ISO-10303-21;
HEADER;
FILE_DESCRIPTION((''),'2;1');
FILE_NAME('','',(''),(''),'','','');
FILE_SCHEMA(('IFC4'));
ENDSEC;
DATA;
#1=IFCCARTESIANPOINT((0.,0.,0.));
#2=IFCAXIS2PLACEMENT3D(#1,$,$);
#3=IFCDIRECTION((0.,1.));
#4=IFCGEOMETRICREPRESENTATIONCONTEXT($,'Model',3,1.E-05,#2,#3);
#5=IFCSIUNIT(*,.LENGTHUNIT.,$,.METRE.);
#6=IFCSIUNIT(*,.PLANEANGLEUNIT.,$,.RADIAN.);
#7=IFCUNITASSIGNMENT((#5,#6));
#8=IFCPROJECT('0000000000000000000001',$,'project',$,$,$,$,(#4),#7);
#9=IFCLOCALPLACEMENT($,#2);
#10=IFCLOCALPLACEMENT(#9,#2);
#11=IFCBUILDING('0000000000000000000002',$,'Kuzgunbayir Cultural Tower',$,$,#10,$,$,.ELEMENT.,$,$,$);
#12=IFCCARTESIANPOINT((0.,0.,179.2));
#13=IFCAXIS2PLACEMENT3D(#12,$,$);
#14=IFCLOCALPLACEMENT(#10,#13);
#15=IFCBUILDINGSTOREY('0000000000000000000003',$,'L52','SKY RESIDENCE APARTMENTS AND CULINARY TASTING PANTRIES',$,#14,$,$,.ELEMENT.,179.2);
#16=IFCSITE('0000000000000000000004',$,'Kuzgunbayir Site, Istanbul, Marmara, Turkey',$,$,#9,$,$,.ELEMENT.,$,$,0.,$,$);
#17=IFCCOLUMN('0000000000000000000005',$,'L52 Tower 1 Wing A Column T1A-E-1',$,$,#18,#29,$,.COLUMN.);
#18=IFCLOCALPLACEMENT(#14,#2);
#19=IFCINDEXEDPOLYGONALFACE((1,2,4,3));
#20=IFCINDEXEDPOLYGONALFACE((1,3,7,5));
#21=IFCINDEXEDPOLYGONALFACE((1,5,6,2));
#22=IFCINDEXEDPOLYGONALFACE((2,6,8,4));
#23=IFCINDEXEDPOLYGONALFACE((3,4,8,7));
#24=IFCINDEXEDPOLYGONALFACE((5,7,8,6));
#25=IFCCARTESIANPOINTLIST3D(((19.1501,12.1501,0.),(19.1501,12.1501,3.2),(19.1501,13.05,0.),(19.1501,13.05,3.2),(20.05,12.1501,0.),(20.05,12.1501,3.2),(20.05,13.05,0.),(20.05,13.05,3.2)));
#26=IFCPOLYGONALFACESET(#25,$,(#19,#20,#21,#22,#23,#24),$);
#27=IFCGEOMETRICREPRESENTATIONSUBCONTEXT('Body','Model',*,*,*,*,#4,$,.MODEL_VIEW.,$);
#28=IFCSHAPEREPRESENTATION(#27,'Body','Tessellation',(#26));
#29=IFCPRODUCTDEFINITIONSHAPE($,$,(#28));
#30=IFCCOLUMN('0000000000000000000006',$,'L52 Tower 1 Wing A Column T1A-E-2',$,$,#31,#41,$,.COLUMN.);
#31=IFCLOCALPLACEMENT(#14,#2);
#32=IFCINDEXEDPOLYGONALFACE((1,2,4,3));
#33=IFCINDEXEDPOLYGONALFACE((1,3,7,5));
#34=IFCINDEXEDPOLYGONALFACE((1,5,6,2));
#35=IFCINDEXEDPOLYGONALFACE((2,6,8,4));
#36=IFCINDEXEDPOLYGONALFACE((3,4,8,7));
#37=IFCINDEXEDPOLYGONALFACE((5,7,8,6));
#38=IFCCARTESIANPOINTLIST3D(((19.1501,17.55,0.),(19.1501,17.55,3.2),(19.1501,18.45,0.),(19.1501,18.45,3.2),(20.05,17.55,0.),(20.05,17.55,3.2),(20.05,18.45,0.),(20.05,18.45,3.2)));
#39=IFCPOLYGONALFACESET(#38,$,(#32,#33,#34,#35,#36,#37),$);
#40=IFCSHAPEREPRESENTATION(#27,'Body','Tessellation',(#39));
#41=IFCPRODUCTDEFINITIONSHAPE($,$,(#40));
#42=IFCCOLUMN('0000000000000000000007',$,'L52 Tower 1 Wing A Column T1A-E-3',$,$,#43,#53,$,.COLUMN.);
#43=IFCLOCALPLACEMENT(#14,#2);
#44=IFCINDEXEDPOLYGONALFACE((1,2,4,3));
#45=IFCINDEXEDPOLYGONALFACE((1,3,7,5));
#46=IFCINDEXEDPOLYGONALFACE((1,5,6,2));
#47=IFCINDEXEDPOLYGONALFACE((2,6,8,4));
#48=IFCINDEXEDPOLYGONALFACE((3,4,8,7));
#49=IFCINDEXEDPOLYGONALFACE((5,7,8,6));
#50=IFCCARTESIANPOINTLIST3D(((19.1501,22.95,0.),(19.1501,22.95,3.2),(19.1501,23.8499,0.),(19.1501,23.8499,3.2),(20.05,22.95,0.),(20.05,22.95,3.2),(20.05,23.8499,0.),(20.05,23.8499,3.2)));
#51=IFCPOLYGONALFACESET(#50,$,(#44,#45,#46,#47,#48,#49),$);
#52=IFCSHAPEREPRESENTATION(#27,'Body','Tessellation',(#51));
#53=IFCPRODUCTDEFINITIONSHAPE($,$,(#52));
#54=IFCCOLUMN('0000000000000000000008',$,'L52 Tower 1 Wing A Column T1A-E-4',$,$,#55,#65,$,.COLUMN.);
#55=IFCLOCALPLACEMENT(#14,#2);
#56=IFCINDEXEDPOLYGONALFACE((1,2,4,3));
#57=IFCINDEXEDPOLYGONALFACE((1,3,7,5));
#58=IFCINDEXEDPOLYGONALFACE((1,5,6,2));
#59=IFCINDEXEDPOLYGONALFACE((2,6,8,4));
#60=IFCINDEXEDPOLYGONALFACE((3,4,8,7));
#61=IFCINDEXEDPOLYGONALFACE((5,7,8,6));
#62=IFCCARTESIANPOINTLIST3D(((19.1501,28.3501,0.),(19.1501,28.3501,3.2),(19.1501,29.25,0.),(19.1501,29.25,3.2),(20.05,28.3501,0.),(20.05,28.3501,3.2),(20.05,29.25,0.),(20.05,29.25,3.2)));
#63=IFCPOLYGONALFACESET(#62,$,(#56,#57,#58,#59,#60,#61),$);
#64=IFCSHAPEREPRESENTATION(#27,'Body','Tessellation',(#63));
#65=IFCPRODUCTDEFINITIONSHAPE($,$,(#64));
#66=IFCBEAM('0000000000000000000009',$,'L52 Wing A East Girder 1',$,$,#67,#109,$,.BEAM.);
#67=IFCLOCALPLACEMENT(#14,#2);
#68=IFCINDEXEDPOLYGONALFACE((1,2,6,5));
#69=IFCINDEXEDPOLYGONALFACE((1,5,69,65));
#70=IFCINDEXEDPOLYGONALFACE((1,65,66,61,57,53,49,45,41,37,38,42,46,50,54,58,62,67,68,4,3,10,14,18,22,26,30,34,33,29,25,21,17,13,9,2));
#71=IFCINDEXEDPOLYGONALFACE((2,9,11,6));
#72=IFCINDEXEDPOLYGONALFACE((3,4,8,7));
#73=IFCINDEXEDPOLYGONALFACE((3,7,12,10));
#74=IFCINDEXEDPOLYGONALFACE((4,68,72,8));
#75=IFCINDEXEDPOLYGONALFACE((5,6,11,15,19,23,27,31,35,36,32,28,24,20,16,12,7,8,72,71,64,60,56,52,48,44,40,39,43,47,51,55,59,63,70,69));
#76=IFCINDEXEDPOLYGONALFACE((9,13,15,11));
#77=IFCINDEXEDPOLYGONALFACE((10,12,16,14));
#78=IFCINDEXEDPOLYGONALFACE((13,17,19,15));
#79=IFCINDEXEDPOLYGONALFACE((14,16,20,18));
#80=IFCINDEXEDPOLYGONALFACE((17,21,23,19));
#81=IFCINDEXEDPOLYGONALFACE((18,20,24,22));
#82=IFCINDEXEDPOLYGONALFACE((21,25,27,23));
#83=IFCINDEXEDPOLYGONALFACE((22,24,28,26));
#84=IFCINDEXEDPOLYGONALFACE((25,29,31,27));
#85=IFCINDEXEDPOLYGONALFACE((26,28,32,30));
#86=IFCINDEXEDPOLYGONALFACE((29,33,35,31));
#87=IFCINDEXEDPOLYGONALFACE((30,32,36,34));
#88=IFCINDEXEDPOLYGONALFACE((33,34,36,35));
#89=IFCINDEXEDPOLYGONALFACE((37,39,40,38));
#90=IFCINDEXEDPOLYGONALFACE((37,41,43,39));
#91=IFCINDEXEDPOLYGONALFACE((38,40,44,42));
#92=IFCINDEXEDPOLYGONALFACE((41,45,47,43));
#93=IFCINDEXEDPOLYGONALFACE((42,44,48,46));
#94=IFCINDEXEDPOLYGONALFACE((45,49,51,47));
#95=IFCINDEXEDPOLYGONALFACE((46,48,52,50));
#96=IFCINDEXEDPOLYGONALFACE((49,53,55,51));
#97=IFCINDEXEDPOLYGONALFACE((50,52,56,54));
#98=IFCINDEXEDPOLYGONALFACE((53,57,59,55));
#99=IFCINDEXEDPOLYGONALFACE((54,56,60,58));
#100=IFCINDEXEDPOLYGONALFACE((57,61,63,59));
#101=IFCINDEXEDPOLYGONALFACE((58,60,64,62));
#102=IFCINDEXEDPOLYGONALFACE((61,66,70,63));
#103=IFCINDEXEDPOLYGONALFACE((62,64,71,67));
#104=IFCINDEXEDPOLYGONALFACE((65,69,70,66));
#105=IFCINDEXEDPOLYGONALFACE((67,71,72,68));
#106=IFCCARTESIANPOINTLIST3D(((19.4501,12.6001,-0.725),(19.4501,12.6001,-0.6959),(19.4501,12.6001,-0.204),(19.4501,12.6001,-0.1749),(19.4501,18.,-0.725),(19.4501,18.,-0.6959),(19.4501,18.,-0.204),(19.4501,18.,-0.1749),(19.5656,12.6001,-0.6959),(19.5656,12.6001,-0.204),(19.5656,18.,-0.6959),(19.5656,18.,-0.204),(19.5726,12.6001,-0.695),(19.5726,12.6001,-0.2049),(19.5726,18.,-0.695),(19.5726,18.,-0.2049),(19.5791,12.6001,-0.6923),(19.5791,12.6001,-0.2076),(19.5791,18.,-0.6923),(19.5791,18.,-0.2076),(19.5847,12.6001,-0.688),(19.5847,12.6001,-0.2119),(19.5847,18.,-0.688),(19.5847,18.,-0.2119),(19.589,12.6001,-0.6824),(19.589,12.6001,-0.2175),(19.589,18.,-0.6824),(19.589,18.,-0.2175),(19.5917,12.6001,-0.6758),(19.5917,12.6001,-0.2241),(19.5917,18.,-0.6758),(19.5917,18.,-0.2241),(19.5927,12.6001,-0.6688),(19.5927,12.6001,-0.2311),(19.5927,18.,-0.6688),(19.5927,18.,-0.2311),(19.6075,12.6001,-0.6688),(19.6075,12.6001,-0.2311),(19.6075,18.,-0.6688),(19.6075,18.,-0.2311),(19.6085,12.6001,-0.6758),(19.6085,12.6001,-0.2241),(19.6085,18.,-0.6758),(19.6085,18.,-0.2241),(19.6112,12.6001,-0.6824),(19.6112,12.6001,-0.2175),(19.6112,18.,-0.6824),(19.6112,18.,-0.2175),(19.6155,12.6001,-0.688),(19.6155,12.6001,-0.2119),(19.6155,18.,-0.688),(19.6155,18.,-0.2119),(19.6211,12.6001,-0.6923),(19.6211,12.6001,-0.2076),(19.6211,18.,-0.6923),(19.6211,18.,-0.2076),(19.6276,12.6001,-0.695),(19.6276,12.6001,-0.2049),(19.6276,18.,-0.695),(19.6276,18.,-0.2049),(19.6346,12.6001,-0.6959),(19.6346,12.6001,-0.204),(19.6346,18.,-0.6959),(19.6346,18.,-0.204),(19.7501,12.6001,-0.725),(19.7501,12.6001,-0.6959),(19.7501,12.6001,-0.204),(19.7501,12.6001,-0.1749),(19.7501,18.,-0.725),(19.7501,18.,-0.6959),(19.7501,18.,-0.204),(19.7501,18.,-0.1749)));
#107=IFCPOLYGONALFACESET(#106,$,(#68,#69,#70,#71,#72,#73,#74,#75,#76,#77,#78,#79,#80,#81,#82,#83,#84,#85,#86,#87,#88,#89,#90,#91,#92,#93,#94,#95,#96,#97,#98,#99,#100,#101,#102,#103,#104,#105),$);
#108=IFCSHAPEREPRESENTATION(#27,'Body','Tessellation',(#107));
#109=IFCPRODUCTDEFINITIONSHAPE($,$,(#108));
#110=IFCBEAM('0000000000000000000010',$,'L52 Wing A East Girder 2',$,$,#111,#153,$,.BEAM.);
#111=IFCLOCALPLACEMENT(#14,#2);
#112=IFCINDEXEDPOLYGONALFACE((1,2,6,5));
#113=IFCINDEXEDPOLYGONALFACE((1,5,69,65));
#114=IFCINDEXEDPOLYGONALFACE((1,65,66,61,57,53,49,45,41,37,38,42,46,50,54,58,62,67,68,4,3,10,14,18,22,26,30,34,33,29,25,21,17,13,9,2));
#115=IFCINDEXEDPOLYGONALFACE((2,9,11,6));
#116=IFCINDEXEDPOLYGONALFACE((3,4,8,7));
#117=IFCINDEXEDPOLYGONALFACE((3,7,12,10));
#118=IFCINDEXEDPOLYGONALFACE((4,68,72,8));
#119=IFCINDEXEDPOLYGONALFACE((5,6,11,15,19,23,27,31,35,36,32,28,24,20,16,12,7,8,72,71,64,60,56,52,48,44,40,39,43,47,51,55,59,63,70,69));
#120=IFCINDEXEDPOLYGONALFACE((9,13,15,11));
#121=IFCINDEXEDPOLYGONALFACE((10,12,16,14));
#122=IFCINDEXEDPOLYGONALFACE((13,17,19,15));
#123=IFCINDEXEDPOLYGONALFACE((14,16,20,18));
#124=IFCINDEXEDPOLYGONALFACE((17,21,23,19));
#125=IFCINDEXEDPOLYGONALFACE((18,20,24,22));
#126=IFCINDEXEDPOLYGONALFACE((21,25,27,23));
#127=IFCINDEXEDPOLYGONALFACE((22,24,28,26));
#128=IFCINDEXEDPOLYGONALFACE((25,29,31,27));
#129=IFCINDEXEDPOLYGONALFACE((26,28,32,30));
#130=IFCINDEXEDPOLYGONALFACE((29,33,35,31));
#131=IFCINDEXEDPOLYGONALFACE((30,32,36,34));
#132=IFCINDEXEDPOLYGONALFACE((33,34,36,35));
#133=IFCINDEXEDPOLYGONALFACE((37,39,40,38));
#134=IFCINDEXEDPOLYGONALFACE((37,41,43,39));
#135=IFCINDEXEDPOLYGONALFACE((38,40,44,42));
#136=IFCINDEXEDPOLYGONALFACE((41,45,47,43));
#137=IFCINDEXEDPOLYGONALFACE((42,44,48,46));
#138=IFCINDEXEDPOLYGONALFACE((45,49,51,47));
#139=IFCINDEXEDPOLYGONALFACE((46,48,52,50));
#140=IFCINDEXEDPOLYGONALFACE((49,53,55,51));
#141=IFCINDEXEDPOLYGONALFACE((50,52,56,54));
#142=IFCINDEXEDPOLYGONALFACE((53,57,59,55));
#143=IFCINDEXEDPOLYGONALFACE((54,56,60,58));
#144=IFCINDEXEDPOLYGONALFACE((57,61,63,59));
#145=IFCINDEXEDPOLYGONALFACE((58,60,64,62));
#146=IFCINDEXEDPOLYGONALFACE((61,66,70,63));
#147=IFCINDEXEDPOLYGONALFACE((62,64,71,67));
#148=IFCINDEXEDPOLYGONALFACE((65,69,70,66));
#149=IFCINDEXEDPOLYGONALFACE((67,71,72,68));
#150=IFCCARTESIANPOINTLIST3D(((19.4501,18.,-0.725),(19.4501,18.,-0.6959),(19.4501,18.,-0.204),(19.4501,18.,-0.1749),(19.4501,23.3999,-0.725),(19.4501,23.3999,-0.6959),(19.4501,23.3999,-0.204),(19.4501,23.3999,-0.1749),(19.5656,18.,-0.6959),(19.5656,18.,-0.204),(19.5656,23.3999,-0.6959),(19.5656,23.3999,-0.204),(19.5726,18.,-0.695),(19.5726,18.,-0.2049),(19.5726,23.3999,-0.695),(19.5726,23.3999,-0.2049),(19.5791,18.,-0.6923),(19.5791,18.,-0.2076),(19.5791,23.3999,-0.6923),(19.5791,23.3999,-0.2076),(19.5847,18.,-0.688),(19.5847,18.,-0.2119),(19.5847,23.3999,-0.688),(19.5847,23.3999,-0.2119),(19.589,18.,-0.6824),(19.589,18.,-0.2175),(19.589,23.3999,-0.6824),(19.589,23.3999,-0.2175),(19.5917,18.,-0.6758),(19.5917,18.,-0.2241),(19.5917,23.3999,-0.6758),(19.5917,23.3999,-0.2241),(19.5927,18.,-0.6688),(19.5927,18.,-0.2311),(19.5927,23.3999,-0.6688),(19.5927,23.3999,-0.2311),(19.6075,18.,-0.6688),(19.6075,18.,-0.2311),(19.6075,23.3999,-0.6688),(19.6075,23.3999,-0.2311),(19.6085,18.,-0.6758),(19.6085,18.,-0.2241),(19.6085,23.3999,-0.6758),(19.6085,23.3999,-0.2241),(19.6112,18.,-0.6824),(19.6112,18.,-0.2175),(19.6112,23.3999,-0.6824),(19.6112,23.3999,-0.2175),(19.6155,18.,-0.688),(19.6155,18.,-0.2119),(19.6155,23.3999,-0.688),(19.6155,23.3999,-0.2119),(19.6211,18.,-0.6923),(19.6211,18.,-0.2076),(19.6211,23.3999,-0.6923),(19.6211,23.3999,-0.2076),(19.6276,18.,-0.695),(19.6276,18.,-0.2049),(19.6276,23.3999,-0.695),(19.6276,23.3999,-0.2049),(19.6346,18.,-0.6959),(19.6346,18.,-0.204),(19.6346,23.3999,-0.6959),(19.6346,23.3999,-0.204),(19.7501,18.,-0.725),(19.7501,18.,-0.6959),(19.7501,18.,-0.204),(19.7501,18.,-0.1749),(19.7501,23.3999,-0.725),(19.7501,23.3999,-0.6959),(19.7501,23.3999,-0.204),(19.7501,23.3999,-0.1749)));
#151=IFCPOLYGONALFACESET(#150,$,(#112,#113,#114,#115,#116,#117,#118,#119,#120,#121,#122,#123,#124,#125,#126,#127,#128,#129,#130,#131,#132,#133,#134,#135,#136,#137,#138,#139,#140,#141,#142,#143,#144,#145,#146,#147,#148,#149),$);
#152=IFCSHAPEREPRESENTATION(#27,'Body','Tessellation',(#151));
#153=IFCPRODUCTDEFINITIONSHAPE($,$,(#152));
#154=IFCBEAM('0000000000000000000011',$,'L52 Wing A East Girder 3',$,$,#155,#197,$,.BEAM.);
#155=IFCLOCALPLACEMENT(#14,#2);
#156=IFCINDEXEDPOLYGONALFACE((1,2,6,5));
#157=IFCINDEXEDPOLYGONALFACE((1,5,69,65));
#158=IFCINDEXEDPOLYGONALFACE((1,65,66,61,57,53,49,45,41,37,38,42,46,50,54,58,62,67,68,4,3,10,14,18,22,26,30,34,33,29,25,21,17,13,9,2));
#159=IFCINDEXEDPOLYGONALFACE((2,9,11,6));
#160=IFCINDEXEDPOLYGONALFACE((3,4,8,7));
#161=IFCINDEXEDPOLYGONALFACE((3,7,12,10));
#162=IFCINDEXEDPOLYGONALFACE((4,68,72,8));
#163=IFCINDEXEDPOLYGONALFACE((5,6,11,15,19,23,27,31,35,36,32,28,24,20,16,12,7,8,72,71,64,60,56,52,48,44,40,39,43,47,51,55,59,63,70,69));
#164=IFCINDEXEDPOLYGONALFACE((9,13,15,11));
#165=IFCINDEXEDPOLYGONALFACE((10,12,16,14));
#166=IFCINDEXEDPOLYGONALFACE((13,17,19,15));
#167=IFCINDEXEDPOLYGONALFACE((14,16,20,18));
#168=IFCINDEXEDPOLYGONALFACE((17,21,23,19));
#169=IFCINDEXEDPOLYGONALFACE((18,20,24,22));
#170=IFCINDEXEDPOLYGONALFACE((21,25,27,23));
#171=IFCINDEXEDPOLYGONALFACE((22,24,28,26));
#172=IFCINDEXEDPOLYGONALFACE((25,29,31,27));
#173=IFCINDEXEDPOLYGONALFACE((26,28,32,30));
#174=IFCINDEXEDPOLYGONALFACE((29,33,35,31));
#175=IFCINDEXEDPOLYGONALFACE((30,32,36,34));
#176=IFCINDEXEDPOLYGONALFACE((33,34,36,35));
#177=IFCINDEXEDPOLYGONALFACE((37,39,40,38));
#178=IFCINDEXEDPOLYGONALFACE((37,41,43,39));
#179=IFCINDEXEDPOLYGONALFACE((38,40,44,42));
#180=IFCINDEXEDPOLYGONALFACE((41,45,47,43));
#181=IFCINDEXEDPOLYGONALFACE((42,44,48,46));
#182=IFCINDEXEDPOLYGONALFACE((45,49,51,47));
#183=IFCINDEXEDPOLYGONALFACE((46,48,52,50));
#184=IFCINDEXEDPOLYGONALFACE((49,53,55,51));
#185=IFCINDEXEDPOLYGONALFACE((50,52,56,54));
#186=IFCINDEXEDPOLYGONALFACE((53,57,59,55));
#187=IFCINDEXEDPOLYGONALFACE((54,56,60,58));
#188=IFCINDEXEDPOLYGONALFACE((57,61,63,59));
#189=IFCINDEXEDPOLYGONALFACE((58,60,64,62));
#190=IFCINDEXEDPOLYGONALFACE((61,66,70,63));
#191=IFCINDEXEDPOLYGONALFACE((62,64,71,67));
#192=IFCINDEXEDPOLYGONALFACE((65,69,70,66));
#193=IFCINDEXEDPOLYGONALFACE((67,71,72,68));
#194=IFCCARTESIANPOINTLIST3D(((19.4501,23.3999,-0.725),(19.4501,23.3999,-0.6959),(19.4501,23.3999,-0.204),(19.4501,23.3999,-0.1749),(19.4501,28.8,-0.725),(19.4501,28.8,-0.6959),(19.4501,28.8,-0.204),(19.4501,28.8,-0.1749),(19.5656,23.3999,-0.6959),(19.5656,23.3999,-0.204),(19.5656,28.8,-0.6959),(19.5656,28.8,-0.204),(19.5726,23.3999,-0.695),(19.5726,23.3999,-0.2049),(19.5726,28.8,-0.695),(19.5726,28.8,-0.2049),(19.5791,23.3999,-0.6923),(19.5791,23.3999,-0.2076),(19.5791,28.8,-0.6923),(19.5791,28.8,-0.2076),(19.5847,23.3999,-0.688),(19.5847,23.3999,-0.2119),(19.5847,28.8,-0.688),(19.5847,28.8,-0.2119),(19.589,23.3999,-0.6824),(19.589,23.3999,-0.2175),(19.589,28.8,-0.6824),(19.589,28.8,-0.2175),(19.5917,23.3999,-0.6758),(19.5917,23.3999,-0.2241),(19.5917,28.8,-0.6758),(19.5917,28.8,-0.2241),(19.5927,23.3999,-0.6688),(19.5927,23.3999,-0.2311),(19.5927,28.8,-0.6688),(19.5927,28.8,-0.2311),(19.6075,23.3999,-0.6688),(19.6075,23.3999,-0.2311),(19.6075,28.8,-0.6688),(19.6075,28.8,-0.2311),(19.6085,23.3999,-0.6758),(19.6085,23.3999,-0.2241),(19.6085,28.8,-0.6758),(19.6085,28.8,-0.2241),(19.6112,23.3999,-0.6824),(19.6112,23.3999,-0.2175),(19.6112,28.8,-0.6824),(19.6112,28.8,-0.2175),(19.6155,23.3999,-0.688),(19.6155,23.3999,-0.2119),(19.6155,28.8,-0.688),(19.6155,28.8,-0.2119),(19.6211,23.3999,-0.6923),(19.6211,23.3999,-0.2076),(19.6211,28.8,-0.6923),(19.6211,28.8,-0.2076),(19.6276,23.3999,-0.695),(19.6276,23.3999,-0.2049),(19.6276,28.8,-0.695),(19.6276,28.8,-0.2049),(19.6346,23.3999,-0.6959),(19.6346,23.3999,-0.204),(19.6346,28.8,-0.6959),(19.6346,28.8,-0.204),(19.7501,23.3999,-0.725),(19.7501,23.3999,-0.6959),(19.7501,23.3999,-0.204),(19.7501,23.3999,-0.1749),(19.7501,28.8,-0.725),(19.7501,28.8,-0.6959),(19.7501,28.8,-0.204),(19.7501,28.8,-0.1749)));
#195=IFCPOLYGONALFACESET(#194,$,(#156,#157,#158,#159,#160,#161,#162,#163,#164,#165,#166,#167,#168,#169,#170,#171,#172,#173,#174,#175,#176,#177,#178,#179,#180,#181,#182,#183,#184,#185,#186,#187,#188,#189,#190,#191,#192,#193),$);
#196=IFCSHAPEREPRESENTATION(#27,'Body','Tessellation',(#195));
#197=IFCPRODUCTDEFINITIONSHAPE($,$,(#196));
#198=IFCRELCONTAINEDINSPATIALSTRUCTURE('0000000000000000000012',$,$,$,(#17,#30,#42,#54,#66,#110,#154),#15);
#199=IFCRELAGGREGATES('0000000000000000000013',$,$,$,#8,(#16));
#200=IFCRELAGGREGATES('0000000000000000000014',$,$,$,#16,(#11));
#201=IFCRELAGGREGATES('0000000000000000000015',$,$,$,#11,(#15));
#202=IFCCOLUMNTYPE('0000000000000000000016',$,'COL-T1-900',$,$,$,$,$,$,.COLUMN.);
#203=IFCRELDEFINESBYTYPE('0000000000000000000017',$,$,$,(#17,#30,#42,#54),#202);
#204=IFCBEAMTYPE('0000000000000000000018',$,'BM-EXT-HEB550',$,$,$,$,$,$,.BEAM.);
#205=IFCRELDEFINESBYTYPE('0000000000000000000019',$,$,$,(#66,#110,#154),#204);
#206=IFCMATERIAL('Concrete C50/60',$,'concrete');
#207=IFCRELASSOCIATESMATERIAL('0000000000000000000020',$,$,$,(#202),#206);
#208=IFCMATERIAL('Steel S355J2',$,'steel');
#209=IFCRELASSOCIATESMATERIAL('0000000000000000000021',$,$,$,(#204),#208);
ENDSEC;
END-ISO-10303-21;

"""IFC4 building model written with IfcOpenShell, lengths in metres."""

from ifc_helpers import new_model, si_unit, direction, frame, origin, origin_2d, place, context, subcontext, project, spatial, rectangle, i_section, extrude, material, material_profile, profile_set, type_object, element, save


model = new_model("IFC4")

# Units and contexts
model_context = context("Model", 3, precision=1e-05, world=origin(), true_north=direction((0.0, 1.0)))
body_context = subcontext(model_context, "Body", "Model", "MODEL_VIEW")
ifc_project = project(units=[si_unit("LENGTHUNIT", "METRE"), si_unit("PLANEANGLEUNIT", "RADIAN")], contexts=[model_context])

# Site, building, storey
site_placement = place(None, origin())
site = spatial("IfcSite", under=ifc_project, at=site_placement, Name="Kuzgunbayir Site, Istanbul, Marmara, Turkey", CompositionType="ELEMENT", RefElevation=0.0)
building_placement = place(site_placement, origin())
building = spatial("IfcBuilding", under=site, at=building_placement, Name="Kuzgunbayir Cultural Tower", CompositionType="ELEMENT")
storey_placement = place(building_placement, frame((0.0, 0.0, 179.2)))
storey = spatial("IfcBuildingStorey", under=building, at=storey_placement, Name="L52", Description="SKY RESIDENCE APARTMENTS AND CULINARY TASTING PANTRIES", CompositionType="ELEMENT", Elevation=179.2)

# Columns
ifc_material_1 = material(Name="Concrete C50/60", Category="concrete")
ifc_material_profile_1 = material_profile(ifc_material_1, rectangle(XDim=0.8999, YDim=0.8999, at=origin_2d()), Name="RC 900x900")
ifc_profile_set_1 = profile_set([ifc_material_profile_1], Name="Concrete C50/60")
column_type = type_object("IfcColumnType", Name="COL-T1-900", PredefinedType="COLUMN", material=ifc_profile_set_1)
for number, where, z_axis, x_axis, name in (
    (1, (19.6001, 12.6001, 0.0), (0.0, 0.0, 1.0), (1.0, 0.0, 0.0), "L52 Tower 1 Wing A Column T1A-E-1"),
    (2, (19.6001, 18.0, 0.0), (0.0, 0.0, 1.0), (1.0, 0.0, 0.0), "L52 Tower 1 Wing A Column T1A-E-2"),
    (3, (19.6001, 23.3999, 0.0), (0.0, 0.0, 1.0), (1.0, 0.0, 0.0), "L52 Tower 1 Wing A Column T1A-E-3"),
    (4, (19.6001, 28.8, 0.0), (0.0, 0.0, 1.0), (1.0, 0.0, 0.0), "L52 Tower 1 Wing A Column T1A-E-4"),
):
    element("IfcColumn", number, at=place(storey_placement, frame(where, z_axis=z_axis, x_axis=x_axis)), inside=storey, type_object=column_type, Name=name, PredefinedType="COLUMN", context=body_context, shape_type="SweptSolid", body=[
        extrude(rectangle(XDim=0.8999, YDim=0.8999, at=origin_2d()), origin(), (0.0, 0.0, 1.0), 3.2),
    ])

# Beams
ifc_material_2 = material(Name="Steel S355J2", Category="steel")
ifc_material_profile_2 = material_profile(ifc_material_2, i_section(OverallWidth=0.3, OverallDepth=0.55, WebThickness=0.0149, FlangeThickness=0.0291, FilletRadius=0.0271, at=origin_2d()), Name="HEB 550")
ifc_profile_set_2 = profile_set([ifc_material_profile_2], Name="Steel S355J2")
beam_type_1 = type_object("IfcBeamType", Name="BM-EXT-HEB550", PredefinedType="BEAM", material=ifc_profile_set_2)
for number, where, z_axis, x_axis, name in (
    (5, (19.6001, 12.6001, -0.45), (0.0, 1.0, 0.0), (-1.0, 0.0, 0.0), "L52 Wing A East Girder 1"),
    (6, (19.6001, 18.0, -0.45), (0.0, 1.0, 0.0), (-1.0, 0.0, 0.0), "L52 Wing A East Girder 2"),
):
    element("IfcBeam", number, at=place(storey_placement, frame(where, z_axis=z_axis, x_axis=x_axis)), inside=storey, type_object=beam_type_1, Name=name, PredefinedType="BEAM", context=body_context, shape_type="SweptSolid", body=[
        extrude(i_section(OverallWidth=0.3, OverallDepth=0.55, WebThickness=0.0149, FlangeThickness=0.0291, FilletRadius=0.0271, at=origin_2d()), origin(), (0.0, 0.0, 1.0), 5.3999),
    ])
beam_1_placement = place(storey_placement, frame((19.6001, 23.3999, -0.45), z_axis=(0.0, 1.0, 0.0), x_axis=(-1.0, 0.0, 0.0)))
element("IfcBeam", 7, at=beam_1_placement, inside=storey, type_object=beam_type_1, Name="L52 Wing A East Girder 3", PredefinedType="BEAM", context=body_context, shape_type="SweptSolid", body=[
    extrude(i_section(OverallWidth=0.3, OverallDepth=0.55, WebThickness=0.0149, FlangeThickness=0.0291, FilletRadius=0.0271, at=origin_2d()), origin(), (0.0, 0.0, 1.0), 5.4001),
])

save(model, "model.ifc")
